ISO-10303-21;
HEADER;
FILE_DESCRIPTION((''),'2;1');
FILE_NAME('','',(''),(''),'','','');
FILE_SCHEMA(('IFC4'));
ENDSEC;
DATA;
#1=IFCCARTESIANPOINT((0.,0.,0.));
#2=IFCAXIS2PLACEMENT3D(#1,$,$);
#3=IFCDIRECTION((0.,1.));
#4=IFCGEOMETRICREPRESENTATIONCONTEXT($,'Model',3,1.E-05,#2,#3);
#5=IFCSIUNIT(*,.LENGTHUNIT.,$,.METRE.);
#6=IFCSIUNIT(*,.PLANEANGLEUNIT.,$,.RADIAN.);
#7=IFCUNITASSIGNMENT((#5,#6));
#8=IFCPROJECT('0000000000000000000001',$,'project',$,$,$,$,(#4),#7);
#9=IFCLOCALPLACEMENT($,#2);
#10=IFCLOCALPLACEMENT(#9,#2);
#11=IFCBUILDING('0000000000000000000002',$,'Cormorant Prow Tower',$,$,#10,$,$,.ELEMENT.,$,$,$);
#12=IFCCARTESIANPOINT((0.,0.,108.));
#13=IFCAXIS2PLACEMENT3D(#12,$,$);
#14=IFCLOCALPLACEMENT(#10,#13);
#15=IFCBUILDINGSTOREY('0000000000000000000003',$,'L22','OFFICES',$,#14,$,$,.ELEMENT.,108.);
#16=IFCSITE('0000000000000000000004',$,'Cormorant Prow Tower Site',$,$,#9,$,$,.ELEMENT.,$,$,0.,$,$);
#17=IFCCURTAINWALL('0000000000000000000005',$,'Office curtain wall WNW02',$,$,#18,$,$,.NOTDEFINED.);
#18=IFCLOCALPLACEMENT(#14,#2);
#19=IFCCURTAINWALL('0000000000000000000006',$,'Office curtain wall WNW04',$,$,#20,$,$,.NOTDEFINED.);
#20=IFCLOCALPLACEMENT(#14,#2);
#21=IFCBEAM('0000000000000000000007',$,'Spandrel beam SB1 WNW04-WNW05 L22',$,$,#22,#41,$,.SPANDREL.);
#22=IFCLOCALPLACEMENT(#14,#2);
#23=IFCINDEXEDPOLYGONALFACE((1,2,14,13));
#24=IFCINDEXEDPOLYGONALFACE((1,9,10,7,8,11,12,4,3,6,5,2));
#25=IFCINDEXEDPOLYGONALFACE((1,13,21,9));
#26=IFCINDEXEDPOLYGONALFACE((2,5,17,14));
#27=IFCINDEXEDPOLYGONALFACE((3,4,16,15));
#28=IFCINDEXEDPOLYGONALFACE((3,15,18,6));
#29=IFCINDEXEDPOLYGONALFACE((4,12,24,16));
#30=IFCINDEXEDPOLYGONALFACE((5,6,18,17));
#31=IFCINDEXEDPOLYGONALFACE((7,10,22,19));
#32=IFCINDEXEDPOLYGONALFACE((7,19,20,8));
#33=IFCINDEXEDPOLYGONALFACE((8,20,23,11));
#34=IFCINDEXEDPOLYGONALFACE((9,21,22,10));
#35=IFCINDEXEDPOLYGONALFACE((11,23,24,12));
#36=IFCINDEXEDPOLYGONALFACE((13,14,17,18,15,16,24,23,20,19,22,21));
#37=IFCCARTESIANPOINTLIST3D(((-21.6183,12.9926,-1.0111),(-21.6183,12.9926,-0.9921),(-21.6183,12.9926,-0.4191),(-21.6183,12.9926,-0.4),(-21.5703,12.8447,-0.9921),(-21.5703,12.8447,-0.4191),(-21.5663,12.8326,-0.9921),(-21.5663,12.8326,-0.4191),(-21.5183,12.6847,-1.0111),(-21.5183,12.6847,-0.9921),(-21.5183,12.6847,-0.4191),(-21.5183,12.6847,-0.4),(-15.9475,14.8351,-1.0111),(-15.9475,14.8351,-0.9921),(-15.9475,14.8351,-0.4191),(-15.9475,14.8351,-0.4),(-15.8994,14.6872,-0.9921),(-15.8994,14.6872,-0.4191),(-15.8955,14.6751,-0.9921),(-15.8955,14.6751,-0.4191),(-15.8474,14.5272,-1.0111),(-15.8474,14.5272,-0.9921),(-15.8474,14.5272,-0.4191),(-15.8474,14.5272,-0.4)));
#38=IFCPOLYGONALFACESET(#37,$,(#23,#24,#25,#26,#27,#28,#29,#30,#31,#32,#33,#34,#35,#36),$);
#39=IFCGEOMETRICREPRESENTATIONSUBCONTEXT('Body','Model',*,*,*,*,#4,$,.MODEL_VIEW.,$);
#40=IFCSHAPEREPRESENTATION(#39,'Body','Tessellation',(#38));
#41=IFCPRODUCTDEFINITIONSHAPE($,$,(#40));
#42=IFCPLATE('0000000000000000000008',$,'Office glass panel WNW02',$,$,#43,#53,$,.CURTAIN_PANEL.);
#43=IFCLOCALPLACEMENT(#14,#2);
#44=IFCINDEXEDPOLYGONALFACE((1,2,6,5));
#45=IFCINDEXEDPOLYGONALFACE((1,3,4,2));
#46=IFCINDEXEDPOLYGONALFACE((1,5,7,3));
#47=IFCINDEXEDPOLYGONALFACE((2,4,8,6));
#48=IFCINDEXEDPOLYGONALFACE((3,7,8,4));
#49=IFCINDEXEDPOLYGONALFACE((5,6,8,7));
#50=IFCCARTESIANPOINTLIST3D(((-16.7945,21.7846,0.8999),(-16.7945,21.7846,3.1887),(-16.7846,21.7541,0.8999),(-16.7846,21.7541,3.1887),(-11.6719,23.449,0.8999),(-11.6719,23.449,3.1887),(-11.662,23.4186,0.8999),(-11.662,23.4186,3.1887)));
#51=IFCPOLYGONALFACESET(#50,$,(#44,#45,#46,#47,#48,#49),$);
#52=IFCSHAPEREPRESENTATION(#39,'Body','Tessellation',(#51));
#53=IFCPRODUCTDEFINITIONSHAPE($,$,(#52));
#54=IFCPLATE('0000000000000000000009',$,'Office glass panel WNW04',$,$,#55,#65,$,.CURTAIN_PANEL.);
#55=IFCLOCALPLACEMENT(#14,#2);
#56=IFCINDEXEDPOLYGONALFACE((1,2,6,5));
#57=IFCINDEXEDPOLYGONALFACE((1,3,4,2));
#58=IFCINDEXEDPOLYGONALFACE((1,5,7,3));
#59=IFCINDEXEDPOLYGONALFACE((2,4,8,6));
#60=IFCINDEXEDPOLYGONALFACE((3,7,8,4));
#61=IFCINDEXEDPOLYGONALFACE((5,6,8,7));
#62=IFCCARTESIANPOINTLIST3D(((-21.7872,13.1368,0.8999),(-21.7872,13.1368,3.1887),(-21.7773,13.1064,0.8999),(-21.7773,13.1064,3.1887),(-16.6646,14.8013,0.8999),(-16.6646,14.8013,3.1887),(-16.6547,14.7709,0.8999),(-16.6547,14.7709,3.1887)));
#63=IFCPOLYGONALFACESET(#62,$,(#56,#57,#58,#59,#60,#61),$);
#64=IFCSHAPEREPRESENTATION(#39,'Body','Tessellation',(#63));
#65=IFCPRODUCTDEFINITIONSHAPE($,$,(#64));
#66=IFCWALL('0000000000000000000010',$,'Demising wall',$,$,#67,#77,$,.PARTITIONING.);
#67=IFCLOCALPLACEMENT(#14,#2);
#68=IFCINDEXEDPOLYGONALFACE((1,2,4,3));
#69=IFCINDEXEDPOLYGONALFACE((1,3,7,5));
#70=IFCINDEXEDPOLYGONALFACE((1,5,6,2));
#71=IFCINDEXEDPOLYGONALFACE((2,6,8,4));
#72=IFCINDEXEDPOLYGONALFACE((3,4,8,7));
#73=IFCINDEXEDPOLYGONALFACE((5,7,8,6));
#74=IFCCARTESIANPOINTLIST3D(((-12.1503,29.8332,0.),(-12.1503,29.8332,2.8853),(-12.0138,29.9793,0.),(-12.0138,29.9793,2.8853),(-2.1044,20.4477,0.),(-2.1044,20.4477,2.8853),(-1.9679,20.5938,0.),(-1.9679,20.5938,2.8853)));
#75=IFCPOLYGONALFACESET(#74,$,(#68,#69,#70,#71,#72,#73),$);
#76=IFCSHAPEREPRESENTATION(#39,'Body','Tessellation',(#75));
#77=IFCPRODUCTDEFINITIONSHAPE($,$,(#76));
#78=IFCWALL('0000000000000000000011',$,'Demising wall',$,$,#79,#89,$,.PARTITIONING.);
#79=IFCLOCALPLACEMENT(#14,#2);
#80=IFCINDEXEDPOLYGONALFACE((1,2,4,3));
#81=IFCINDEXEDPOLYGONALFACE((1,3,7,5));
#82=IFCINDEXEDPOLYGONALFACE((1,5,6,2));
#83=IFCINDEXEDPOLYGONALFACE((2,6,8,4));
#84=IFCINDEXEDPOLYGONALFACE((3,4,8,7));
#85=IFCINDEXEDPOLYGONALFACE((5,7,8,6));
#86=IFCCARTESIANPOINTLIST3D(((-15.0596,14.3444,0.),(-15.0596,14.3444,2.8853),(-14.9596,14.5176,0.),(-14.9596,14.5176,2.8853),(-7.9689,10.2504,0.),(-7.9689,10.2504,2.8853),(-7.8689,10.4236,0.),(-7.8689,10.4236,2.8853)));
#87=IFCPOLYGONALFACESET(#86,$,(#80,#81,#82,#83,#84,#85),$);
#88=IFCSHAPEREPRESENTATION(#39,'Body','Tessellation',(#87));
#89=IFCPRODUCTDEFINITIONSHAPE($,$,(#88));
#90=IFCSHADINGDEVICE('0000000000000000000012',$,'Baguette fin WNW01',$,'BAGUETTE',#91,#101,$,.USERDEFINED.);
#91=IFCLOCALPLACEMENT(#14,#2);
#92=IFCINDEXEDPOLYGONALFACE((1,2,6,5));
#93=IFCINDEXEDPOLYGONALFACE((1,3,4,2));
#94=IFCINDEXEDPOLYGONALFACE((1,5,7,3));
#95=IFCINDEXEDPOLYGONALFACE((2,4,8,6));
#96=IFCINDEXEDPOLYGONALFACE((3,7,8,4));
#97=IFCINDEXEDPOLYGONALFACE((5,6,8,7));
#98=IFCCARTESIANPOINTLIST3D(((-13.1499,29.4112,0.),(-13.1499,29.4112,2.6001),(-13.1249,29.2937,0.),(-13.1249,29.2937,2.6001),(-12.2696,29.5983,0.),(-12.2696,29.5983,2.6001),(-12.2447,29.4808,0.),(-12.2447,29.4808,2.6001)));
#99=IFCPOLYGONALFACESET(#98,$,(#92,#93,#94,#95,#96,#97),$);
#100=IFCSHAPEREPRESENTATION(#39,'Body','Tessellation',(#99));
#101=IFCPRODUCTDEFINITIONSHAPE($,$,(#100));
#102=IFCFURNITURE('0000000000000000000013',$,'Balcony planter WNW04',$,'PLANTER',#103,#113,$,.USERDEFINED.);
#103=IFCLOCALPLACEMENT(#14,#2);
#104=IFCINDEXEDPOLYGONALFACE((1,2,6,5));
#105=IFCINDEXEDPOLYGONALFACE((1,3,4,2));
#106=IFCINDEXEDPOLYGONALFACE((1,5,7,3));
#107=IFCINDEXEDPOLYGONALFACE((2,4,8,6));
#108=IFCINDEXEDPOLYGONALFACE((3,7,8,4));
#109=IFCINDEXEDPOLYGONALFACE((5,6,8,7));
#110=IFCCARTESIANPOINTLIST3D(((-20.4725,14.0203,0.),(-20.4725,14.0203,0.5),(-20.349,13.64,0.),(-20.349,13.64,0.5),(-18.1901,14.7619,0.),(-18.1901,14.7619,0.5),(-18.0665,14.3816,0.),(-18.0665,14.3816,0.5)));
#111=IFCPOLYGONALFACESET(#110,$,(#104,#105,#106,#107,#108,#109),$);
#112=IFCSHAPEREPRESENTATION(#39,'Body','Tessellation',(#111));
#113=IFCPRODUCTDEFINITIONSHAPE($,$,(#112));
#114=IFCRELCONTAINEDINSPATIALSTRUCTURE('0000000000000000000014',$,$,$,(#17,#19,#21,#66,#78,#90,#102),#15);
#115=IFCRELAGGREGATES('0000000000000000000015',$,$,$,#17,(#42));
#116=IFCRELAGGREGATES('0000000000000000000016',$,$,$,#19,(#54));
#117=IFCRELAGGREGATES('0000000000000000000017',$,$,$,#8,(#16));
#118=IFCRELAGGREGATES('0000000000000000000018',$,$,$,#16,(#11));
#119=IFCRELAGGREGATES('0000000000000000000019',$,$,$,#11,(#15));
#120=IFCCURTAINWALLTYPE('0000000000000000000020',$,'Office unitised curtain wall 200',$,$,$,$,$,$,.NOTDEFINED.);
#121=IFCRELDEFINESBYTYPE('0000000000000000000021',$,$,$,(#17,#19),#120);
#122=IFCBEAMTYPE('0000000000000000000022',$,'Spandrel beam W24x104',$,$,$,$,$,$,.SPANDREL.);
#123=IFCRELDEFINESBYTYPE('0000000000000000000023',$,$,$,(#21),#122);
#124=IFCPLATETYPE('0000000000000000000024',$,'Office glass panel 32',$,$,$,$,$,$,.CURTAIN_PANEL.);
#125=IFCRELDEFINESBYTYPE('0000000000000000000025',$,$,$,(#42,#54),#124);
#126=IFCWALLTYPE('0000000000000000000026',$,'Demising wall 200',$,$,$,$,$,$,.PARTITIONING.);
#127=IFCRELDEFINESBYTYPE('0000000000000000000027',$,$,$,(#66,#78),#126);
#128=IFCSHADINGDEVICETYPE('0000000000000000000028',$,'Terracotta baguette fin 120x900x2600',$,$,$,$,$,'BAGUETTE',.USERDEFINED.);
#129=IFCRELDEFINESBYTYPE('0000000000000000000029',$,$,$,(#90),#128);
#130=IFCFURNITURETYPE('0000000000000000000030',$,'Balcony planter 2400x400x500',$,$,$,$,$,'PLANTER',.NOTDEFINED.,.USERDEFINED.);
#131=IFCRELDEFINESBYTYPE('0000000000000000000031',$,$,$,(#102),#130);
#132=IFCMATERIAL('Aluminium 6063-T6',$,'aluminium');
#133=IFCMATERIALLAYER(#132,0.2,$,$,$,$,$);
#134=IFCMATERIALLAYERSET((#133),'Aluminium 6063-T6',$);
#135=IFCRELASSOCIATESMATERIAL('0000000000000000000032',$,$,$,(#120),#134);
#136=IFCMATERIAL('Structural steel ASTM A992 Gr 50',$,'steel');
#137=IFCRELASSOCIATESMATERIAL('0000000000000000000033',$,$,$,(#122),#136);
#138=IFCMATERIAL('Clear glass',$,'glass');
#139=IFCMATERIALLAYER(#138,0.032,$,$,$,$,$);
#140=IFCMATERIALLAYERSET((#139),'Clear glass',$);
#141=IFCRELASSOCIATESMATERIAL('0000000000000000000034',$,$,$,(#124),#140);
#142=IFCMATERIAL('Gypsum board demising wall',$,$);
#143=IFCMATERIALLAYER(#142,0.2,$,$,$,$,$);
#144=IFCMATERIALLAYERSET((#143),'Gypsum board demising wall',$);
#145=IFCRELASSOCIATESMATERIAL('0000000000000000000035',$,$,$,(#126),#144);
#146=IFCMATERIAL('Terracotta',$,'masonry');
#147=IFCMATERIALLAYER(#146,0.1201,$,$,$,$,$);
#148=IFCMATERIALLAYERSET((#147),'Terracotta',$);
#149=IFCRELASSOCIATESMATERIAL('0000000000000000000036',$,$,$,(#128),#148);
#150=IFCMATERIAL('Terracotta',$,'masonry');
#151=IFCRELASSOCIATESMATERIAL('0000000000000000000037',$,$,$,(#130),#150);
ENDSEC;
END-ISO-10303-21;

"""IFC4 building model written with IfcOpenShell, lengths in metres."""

from ifc_helpers import new_model, si_unit, direction, frame, frame_2d, origin, origin_2d, place, context, subcontext, project, spatial, rectangle, i_section, extrude, material, layer, layer_set, material_profile, profile_set, type_object, element, aggregate, save


model = new_model("IFC4")

# Units and contexts
model_context = context("Model", 3, precision=1e-05, world=origin(), true_north=direction((0.0, 1.0)))
body_context = subcontext(model_context, "Body", "Model", "MODEL_VIEW")
ifc_project = project(units=[si_unit("LENGTHUNIT", "METRE"), si_unit("PLANEANGLEUNIT", "RADIAN")], contexts=[model_context])

# Site, building, storey
site_placement = place(None, origin())
site = spatial("IfcSite", under=ifc_project, at=site_placement, Name="Cormorant Prow Tower Site", CompositionType="ELEMENT", RefElevation=0.0)
building_placement = place(site_placement, origin())
building = spatial("IfcBuilding", under=site, at=building_placement, Name="Cormorant Prow Tower", CompositionType="ELEMENT")
storey_placement = place(building_placement, frame((0.0, 0.0, 108.0)))
storey = spatial("IfcBuildingStorey", under=building, at=storey_placement, Name="L22", Description="OFFICES", CompositionType="ELEMENT", Elevation=108.0)

# Curtain walls
ifc_material_1 = material(Name="Aluminium 6063-T6", Category="aluminium")
ifc_layer_1 = layer(ifc_material_1, 0.2)
ifc_layer_set_1 = layer_set([ifc_layer_1], Name="Aluminium 6063-T6")
curtain_wall_type = type_object("IfcCurtainWallType", Name="Office unitised curtain wall 200", PredefinedType="NOTDEFINED", material=ifc_layer_set_1)
curtain_wall_1_placement = place(storey_placement, origin())
curtain_wall_1 = element("IfcCurtainWall", 1, at=curtain_wall_1_placement, inside=storey, type_object=curtain_wall_type, Name="Office curtain wall WNW02", PredefinedType="NOTDEFINED")
curtain_wall_2_placement = place(storey_placement, origin())
curtain_wall_2 = element("IfcCurtainWall", 2, at=curtain_wall_2_placement, inside=storey, type_object=curtain_wall_type, Name="Office curtain wall WNW04", PredefinedType="NOTDEFINED")

# Beam
ifc_material_2 = material(Name="Structural steel ASTM A992 Gr 50", Category="steel")
ifc_material_profile_1 = material_profile(ifc_material_2, i_section(OverallWidth=0.3237, OverallDepth=0.6111, WebThickness=0.0127, FlangeThickness=0.019, at=origin_2d()), Name="W24x104")
ifc_profile_set_1 = profile_set([ifc_material_profile_1], Name="Structural steel ASTM A992 Gr 50")
beam_type = type_object("IfcBeamType", Name="Spandrel beam W24x104", PredefinedType="SPANDREL", material=ifc_profile_set_1)
for number, where, z_axis, x_axis, name in (
    (3, (-15.8975, 14.6812, -0.7056), (-0.951059, -0.309008, 0.0), (0.309008, -0.951059, 0.0), "Spandrel beam SB1 WNW04-WNW05 L22"),
):
    element("IfcBeam", number, at=place(storey_placement, frame(where, z_axis=z_axis, x_axis=x_axis)), inside=storey, type_object=beam_type, Name=name, PredefinedType="SPANDREL", context=body_context, shape_type="SweptSolid", body=[
        extrude(i_section(OverallWidth=0.3237, OverallDepth=0.6111, WebThickness=0.0127, FlangeThickness=0.019, at=origin_2d()), origin(), (0.0, 0.0, 1.0), 5.9626),
    ])

# Plates
ifc_material_3 = material(Name="Clear glass", Category="glass")
ifc_layer_2 = layer(ifc_material_3, 0.032)
ifc_layer_set_2 = layer_set([ifc_layer_2], Name="Clear glass")
plate_type = type_object("IfcPlateType", Name="Office glass panel 32", PredefinedType="CURTAIN_PANEL", material=ifc_layer_set_2)
plate_1_placement = place(storey_placement, frame((-14.2283, 22.6016, 0.8999), z_axis=(0.0, 0.0, 1.0), x_axis=(-0.951057, -0.309017, 0.0)))
plate_1 = element("IfcPlate", 4, at=plate_1_placement, type_object=plate_type, Name="Office glass panel WNW02", PredefinedType="CURTAIN_PANEL", context=body_context, shape_type="SweptSolid", body=[
    extrude(rectangle(XDim=5.3862, YDim=0.032, at=origin_2d()), origin(), (0.0, 0.0, 1.0), 2.2888),
])
aggregate(curtain_wall_1, [plate_1])
plate_2_placement = place(storey_placement, frame((-19.2209, 13.9539, 0.8999), z_axis=(0.0, 0.0, 1.0), x_axis=(-0.951057, -0.309017, 0.0)))
plate_2 = element("IfcPlate", 5, at=plate_2_placement, type_object=plate_type, Name="Office glass panel WNW04", PredefinedType="CURTAIN_PANEL", context=body_context, shape_type="SweptSolid", body=[
    extrude(rectangle(XDim=5.3862, YDim=0.032, at=origin_2d()), origin(), (0.0, 0.0, 1.0), 2.2888),
])
aggregate(curtain_wall_2, [plate_2])

# Walls
ifc_material_4 = material(Name="Gypsum board demising wall")
ifc_layer_3 = layer(ifc_material_4, 0.2)
ifc_layer_set_3 = layer_set([ifc_layer_3], Name="Gypsum board demising wall")
wall_type_1 = type_object("IfcWallType", Name="Demising wall 200", PredefinedType="PARTITIONING", material=ifc_layer_set_3)
wall_1_placement = place(storey_placement, frame((-12.082, 29.9062, 0.0), z_axis=(0.0, 0.0, 1.0), x_axis=(0.730717, -0.682681, 0.0)))
element("IfcWall", 6, at=wall_1_placement, inside=storey, type_object=wall_type_1, Name="Demising wall", PredefinedType="PARTITIONING", context=body_context, shape_type="SweptSolid", body=[
    extrude(rectangle(XDim=13.748, YDim=0.2, at=frame_2d((6.874, 0.0))), origin(), (0.0, 0.0, 1.0), 2.8853),
])
wall_2_placement = place(storey_placement, frame((-15.0095, 14.4309, 0.0), z_axis=(0.0, 0.0, 1.0), x_axis=(0.86602, -0.50001, 0.0)))
element("IfcWall", 7, at=wall_2_placement, inside=storey, type_object=wall_type_1, Name="Demising wall", PredefinedType="PARTITIONING", context=body_context, shape_type="SweptSolid", body=[
    extrude(rectangle(XDim=8.1877, YDim=0.2, at=frame_2d((4.0938, 0.0))), origin(), (0.0, 0.0, 1.0), 2.8853),
])

# Shading device
ifc_material_5 = material(Name="Terracotta", Category="masonry")
ifc_layer_4 = layer(ifc_material_5, 0.1201)
ifc_layer_set_4 = layer_set([ifc_layer_4], Name="Terracotta")
shading_device_type = type_object("IfcShadingDeviceType", Name="Terracotta baguette fin 120x900x2600", ElementType="BAGUETTE", PredefinedType="USERDEFINED", material=ifc_layer_set_4)
shading_device_placement = place(storey_placement, frame((-12.6973, 29.446, 0.0), z_axis=(0.0, 0.0, 1.0), x_axis=(0.207912, -0.978148, 0.0)))
element("IfcShadingDevice", 8, at=shading_device_placement, inside=storey, type_object=shading_device_type, Name="Baguette fin WNW01", ObjectType="BAGUETTE", PredefinedType="USERDEFINED", context=body_context, shape_type="SweptSolid", body=[
    extrude(rectangle(XDim=0.1201, YDim=0.8999, at=origin_2d()), origin(), (0.0, 0.0, 1.0), 2.6001),
])

# Furniture
ifc_material_6 = material(Name="Terracotta", Category="masonry")
furniture_type = type_object("IfcFurnitureType", Name="Balcony planter 2400x400x500", ElementType="PLANTER", AssemblyPlace="NOTDEFINED", PredefinedType="USERDEFINED", material=ifc_material_6)
furniture_placement = place(storey_placement, frame((-19.2695, 14.2009, 0.0), z_axis=(0.0, 0.0, 1.0), x_axis=(-0.951057, -0.309017, 0.0)))
element("IfcFurniture", 9, at=furniture_placement, inside=storey, type_object=furniture_type, Name="Balcony planter WNW04", ObjectType="PLANTER", PredefinedType="USERDEFINED", context=body_context, shape_type="SweptSolid", body=[
    extrude(rectangle(XDim=2.3999, YDim=0.3999, at=origin_2d()), origin(), (0.0, 0.0, 1.0), 0.5),
])

save(model, "model.ifc")
